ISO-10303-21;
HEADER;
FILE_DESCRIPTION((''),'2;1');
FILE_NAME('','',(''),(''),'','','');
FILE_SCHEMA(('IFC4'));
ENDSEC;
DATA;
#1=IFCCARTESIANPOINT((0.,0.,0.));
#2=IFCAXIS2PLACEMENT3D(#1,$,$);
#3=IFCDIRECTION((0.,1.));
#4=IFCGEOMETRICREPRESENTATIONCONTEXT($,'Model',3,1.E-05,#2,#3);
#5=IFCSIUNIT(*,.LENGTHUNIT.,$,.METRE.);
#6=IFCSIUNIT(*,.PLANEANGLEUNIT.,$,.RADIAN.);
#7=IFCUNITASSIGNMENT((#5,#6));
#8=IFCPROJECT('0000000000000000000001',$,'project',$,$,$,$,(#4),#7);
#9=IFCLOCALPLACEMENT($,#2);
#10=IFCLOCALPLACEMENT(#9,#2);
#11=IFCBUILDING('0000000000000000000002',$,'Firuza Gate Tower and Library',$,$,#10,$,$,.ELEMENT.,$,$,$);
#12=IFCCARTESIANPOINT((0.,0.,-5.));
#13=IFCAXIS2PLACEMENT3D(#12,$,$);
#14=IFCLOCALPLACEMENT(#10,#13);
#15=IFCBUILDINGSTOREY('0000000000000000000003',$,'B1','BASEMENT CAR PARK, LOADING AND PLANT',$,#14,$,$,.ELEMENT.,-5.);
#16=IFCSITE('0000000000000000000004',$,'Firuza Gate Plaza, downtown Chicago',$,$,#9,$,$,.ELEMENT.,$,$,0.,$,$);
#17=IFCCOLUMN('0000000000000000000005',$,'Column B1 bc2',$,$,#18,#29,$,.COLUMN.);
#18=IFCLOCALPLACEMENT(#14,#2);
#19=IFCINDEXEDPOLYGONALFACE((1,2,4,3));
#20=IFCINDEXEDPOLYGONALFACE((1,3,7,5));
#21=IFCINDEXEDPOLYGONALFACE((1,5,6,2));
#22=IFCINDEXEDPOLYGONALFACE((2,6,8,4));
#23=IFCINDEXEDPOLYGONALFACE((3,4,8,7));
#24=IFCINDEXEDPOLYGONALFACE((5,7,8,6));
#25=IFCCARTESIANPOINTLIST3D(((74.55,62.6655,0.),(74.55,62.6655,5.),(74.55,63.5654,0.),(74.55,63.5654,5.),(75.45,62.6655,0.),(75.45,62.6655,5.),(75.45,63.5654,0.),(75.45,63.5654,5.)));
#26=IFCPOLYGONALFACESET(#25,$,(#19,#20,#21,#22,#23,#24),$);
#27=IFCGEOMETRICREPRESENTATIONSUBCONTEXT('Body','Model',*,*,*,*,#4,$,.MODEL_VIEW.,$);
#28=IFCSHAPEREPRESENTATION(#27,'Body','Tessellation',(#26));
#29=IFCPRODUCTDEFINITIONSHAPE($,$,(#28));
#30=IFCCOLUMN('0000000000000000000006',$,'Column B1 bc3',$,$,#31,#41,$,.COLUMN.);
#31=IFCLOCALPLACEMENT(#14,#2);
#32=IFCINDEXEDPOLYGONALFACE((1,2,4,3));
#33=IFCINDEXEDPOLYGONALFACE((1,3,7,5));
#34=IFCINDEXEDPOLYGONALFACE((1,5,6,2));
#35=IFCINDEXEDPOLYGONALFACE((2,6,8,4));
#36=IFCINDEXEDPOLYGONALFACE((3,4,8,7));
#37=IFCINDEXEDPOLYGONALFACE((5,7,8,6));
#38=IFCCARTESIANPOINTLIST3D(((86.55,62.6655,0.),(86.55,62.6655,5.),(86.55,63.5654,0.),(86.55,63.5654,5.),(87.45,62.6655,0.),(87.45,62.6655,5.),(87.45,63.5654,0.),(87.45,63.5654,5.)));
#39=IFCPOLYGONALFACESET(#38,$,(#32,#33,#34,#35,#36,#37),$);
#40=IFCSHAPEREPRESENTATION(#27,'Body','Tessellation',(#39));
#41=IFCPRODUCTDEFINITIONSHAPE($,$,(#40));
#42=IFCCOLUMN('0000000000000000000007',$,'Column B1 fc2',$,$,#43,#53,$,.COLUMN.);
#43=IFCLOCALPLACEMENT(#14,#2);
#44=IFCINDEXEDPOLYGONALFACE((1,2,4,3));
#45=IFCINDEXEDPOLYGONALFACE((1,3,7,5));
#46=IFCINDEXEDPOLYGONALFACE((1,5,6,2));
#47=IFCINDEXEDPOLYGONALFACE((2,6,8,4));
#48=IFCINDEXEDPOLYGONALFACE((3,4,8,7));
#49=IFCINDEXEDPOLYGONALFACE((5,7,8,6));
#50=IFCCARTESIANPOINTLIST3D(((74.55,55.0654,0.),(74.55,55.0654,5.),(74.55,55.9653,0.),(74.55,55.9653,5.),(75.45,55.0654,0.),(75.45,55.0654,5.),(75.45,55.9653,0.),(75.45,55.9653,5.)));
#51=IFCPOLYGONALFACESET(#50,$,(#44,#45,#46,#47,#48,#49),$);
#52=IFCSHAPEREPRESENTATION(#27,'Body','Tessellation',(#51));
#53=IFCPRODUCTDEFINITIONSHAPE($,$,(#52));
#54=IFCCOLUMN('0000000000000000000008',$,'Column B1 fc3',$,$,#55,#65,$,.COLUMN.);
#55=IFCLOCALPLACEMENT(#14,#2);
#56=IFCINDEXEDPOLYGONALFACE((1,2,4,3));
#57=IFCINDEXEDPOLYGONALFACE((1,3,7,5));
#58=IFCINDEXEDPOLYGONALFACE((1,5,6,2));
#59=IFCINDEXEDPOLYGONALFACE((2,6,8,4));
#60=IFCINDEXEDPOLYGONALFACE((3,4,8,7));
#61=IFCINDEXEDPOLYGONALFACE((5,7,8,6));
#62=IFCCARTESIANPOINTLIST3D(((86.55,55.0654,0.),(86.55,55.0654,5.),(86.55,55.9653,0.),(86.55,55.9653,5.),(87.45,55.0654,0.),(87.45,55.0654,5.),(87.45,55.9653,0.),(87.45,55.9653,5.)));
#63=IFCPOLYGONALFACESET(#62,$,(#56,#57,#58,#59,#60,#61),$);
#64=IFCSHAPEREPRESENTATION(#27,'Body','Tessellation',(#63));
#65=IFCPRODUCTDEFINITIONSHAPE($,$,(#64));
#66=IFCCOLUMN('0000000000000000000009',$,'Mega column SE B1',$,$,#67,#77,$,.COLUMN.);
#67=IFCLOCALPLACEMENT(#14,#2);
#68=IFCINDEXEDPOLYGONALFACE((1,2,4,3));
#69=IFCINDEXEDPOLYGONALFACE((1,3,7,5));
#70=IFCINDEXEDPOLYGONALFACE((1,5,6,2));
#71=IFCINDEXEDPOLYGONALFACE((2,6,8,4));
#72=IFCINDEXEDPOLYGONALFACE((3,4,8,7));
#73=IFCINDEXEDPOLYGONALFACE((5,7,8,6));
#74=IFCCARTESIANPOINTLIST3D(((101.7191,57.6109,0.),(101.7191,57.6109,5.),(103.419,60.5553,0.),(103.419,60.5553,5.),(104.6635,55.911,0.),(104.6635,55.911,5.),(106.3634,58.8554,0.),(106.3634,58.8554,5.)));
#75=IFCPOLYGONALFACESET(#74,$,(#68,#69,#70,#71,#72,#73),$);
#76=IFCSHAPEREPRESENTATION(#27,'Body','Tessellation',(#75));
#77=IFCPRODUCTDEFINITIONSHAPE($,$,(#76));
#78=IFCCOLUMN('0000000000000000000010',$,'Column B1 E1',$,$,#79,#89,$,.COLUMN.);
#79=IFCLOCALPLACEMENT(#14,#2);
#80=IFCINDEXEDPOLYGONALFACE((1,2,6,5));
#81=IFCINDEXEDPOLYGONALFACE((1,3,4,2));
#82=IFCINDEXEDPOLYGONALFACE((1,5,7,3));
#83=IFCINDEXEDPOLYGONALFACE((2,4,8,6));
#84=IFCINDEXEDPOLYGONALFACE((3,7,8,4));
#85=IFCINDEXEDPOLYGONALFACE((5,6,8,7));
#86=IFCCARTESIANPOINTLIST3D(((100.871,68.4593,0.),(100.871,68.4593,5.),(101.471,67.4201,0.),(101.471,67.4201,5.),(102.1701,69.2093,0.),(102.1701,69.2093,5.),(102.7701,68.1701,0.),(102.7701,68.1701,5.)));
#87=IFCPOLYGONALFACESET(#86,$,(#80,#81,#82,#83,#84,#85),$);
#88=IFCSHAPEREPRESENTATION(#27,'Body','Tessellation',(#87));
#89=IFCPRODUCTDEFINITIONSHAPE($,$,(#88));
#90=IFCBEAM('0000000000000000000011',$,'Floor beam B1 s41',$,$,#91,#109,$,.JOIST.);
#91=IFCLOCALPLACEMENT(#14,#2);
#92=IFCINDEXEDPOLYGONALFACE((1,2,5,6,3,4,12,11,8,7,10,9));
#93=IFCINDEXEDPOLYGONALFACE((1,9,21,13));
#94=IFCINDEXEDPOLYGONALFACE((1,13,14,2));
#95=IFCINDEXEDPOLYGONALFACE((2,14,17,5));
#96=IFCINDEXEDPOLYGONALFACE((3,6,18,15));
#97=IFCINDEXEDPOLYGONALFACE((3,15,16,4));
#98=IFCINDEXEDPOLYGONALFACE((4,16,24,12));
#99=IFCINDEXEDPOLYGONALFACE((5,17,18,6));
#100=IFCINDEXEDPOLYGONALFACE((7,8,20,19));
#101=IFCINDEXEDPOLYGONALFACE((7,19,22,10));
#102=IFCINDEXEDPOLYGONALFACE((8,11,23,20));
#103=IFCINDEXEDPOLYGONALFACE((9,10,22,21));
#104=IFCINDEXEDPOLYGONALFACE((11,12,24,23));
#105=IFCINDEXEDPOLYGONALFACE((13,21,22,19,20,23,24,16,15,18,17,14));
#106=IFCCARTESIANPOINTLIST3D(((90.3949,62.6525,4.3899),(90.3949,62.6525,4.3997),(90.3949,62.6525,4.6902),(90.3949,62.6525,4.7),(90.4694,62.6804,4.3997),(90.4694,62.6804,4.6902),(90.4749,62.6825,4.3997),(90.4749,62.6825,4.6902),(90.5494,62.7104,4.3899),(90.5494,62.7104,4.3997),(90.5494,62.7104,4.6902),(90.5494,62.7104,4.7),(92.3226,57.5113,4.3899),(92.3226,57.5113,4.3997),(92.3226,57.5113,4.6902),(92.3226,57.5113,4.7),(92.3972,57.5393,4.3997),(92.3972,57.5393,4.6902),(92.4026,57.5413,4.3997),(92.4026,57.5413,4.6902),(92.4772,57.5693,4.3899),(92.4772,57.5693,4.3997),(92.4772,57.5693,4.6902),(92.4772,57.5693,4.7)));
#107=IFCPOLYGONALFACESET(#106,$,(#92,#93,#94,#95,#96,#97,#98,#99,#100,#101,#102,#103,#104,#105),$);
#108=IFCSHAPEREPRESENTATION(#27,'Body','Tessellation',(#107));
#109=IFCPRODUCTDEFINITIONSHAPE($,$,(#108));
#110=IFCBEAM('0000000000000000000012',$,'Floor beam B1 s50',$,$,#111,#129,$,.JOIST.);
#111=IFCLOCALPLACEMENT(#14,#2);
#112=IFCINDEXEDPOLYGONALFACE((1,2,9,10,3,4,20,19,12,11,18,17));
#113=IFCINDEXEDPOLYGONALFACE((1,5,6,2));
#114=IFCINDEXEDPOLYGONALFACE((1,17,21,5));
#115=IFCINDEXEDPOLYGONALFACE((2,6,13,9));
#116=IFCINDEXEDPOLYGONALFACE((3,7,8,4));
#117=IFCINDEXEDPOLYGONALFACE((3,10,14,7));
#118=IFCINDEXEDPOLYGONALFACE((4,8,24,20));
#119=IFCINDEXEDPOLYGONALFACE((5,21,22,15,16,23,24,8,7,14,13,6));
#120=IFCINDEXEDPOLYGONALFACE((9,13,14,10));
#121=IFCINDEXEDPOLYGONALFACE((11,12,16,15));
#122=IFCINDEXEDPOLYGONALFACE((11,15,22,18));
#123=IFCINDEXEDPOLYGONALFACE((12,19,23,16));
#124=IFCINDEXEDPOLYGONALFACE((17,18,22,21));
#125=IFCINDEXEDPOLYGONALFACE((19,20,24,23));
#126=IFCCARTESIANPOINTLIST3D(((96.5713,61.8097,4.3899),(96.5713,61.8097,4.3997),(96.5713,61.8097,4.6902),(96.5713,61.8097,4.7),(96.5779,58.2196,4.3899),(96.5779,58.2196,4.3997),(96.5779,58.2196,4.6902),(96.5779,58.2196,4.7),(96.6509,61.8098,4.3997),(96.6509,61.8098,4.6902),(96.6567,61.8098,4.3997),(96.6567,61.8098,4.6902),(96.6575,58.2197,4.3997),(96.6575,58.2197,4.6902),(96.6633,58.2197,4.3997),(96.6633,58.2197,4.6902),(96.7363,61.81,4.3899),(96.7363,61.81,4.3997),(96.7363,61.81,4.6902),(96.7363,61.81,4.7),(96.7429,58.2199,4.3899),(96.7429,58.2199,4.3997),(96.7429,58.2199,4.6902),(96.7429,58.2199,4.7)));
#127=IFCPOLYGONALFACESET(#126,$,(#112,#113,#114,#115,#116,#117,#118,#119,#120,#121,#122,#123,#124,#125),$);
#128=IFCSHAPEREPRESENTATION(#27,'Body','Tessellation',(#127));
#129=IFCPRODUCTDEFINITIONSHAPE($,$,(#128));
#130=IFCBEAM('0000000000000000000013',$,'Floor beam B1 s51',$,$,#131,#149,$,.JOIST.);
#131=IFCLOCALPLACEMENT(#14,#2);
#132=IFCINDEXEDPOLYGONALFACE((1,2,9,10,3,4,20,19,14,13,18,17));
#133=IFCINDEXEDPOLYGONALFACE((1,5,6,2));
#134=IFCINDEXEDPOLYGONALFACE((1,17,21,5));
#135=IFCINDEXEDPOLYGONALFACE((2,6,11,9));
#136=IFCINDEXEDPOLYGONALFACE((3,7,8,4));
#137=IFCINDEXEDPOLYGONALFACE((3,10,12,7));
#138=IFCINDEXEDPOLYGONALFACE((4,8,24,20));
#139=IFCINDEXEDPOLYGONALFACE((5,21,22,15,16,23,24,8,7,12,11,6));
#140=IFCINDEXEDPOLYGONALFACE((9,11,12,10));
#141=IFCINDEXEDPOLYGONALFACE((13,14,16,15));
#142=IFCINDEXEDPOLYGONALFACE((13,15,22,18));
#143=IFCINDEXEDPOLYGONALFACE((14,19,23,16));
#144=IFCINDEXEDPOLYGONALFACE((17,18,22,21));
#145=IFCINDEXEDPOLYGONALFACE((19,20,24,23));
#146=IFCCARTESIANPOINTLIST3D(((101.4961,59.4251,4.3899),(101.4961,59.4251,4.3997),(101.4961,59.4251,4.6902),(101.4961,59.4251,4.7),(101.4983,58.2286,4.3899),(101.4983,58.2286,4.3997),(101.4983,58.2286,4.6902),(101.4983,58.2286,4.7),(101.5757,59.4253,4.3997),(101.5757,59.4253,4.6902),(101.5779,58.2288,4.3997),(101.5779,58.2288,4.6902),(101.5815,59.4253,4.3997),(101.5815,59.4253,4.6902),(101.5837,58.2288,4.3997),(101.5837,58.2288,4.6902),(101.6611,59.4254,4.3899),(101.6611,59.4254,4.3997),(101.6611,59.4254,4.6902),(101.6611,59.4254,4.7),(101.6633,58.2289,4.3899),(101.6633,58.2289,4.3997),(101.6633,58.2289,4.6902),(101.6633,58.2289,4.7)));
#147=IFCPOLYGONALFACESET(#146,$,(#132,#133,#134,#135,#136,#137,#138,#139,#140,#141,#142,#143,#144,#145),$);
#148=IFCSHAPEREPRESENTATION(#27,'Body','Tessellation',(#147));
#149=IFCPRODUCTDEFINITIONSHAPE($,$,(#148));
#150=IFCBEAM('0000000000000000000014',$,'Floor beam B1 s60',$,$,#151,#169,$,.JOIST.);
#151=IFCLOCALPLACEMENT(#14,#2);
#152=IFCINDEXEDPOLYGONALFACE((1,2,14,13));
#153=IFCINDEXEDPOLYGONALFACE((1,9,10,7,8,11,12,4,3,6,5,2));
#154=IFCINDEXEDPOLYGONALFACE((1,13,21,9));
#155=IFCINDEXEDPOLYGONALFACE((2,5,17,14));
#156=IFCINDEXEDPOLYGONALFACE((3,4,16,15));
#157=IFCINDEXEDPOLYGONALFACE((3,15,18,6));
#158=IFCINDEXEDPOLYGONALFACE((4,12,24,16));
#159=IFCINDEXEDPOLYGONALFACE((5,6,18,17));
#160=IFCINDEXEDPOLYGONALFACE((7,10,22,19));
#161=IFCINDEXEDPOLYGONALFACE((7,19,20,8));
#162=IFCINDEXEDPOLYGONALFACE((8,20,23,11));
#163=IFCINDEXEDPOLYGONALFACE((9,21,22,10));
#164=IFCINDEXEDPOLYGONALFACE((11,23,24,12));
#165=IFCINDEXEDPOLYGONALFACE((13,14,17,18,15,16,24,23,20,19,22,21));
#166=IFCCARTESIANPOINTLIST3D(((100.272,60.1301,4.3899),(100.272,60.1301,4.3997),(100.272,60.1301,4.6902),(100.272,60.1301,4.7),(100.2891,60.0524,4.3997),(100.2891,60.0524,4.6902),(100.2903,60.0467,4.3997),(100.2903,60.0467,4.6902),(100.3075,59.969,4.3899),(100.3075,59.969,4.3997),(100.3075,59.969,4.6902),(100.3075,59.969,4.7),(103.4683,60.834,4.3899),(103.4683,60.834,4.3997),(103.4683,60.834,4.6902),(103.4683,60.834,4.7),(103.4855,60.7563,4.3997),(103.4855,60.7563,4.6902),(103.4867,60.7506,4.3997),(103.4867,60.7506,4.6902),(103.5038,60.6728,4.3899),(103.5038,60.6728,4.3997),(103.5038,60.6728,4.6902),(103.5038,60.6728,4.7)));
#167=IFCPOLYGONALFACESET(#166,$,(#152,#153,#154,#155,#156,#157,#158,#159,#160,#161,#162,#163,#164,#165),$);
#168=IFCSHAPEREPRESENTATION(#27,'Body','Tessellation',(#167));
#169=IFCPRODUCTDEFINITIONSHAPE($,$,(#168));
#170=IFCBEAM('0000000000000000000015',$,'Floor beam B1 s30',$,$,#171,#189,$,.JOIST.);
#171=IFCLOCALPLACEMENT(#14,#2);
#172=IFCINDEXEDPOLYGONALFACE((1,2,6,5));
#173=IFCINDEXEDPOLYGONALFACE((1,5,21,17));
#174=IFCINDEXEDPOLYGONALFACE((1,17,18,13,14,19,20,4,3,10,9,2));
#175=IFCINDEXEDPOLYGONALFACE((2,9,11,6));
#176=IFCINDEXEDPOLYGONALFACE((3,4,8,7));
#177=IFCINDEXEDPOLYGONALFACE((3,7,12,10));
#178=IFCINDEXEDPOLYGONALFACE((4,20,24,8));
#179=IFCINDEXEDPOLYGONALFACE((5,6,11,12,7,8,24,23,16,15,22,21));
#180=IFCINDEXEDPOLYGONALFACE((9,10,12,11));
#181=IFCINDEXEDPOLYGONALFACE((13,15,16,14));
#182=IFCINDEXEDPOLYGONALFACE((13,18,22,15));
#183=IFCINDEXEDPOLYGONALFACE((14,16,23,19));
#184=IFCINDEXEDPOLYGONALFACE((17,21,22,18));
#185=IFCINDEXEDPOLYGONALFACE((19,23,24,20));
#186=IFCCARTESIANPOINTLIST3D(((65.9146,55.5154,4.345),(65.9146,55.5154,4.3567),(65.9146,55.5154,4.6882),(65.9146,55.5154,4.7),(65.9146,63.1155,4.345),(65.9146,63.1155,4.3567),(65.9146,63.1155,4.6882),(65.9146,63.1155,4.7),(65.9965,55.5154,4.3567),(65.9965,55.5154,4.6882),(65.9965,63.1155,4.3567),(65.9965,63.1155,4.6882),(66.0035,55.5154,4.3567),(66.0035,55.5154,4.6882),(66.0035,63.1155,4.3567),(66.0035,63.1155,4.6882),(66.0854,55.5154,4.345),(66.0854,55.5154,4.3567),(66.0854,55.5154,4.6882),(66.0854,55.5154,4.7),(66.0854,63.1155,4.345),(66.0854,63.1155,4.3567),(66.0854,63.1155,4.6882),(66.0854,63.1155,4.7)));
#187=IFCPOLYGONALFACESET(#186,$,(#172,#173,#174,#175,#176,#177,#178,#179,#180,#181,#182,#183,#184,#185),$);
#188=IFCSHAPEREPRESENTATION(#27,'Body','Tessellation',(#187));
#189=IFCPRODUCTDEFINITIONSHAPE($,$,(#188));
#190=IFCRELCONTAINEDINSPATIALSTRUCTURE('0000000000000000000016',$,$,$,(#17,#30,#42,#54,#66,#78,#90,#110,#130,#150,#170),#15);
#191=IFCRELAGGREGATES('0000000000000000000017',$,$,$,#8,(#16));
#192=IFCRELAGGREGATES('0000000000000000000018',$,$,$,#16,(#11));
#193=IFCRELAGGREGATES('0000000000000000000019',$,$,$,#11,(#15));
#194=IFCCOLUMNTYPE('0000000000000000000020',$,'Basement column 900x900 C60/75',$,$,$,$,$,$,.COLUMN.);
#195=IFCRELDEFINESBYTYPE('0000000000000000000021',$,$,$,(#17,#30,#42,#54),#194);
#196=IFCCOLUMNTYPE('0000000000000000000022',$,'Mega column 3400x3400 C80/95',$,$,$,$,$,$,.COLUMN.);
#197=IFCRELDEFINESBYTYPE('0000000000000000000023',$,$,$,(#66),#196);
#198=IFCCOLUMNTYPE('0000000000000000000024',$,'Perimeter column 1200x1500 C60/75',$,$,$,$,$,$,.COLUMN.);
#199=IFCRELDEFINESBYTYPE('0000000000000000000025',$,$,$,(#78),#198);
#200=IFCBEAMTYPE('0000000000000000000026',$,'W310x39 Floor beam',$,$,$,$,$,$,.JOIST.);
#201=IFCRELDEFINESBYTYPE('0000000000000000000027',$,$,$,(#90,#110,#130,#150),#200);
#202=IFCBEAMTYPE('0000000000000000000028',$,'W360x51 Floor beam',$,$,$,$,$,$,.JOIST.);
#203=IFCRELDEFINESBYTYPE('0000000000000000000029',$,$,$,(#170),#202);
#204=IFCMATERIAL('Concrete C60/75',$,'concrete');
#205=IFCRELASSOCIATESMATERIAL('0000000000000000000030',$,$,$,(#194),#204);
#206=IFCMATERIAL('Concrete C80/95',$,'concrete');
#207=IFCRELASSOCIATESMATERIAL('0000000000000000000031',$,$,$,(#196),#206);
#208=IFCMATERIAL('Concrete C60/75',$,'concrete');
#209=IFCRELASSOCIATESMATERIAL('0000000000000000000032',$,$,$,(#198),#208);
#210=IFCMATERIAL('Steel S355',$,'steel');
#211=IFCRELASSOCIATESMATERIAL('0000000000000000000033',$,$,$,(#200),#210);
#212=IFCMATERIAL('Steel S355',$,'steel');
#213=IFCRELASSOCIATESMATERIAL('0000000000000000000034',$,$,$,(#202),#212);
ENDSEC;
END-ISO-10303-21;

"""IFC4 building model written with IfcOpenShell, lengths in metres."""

from ifc_helpers import new_model, si_unit, direction, frame, origin, origin_2d, place, context, subcontext, project, spatial, rectangle, i_section, extrude, material, material_profile, profile_set, type_object, element, save


model = new_model("IFC4")

# Units and contexts
model_context = context("Model", 3, precision=1e-05, world=origin(), true_north=direction((0.0, 1.0)))
body_context = subcontext(model_context, "Body", "Model", "MODEL_VIEW")
ifc_project = project(units=[si_unit("LENGTHUNIT", "METRE"), si_unit("PLANEANGLEUNIT", "RADIAN")], contexts=[model_context])

# Site, building, storey
site_placement = place(None, origin())
site = spatial("IfcSite", under=ifc_project, at=site_placement, Name="Firuza Gate Plaza, downtown Chicago", CompositionType="ELEMENT", RefElevation=0.0)
building_placement = place(site_placement, origin())
building = spatial("IfcBuilding", under=site, at=building_placement, Name="Firuza Gate Tower and Library", CompositionType="ELEMENT")
storey_placement = place(building_placement, frame((0.0, 0.0, -5.0)))
storey = spatial("IfcBuildingStorey", under=building, at=storey_placement, Name="B1", Description="BASEMENT CAR PARK, LOADING AND PLANT", CompositionType="ELEMENT", Elevation=-5.0)

# Columns
ifc_material_1 = material(Name="Concrete C60/75", Category="concrete")
ifc_material_profile_1 = material_profile(ifc_material_1, rectangle(XDim=0.8999, YDim=0.8999, at=origin_2d()))
ifc_profile_set_1 = profile_set([ifc_material_profile_1], Name="Concrete C60/75")
column_type_1 = type_object("IfcColumnType", Name="Basement column 900x900 C60/75", PredefinedType="COLUMN", material=ifc_profile_set_1)
for number, where, z_axis, x_axis, name in (
    (1, (75.0, 63.1155, 0.0), (0.0, 0.0, 1.0), (1.0, 0.0, 0.0), "Column B1 bc2"),
    (2, (87.0, 63.1155, 0.0), (0.0, 0.0, 1.0), (1.0, 0.0, 0.0), "Column B1 bc3"),
    (3, (75.0, 55.5154, 0.0), (0.0, 0.0, 1.0), (1.0, 0.0, 0.0), "Column B1 fc2"),
    (4, (87.0, 55.5154, 0.0), (0.0, 0.0, 1.0), (1.0, 0.0, 0.0), "Column B1 fc3"),
):
    element("IfcColumn", number, at=place(storey_placement, frame(where, z_axis=z_axis, x_axis=x_axis)), inside=storey, type_object=column_type_1, Name=name, PredefinedType="COLUMN", context=body_context, shape_type="SweptSolid", body=[
        extrude(rectangle(XDim=0.8999, YDim=0.8999, at=origin_2d()), origin(), (0.0, 0.0, 1.0), 5.0),
    ])
ifc_material_2 = material(Name="Concrete C80/95", Category="concrete")
ifc_material_profile_2 = material_profile(ifc_material_2, rectangle(XDim=3.3999, YDim=3.3999, at=origin_2d()))
ifc_profile_set_2 = profile_set([ifc_material_profile_2], Name="Concrete C80/95")
column_type_2 = type_object("IfcColumnType", Name="Mega column 3400x3400 C80/95", PredefinedType="COLUMN", material=ifc_profile_set_2)
column_1_placement = place(storey_placement, frame((104.0413, 58.2332, 0.0), z_axis=(0.0, 0.0, 1.0), x_axis=(0.5, 0.866025, 0.0)))
element("IfcColumn", 5, at=column_1_placement, inside=storey, type_object=column_type_2, Name="Mega column SE B1", PredefinedType="COLUMN", context=body_context, shape_type="SweptSolid", body=[
    extrude(rectangle(XDim=3.3999, YDim=3.3999, at=origin_2d()), origin(), (0.0, 0.0, 1.0), 5.0),
])
ifc_material_3 = material(Name="Concrete C60/75", Category="concrete")
ifc_material_profile_3 = material_profile(ifc_material_3, rectangle(XDim=1.2, YDim=1.5, at=origin_2d()))
ifc_profile_set_3 = profile_set([ifc_material_profile_3], Name="Concrete C60/75")
column_type_3 = type_object("IfcColumnType", Name="Perimeter column 1200x1500 C60/75", PredefinedType="COLUMN", material=ifc_profile_set_3)
column_2_placement = place(storey_placement, frame((101.8206, 68.3147, 0.0), z_axis=(0.0, 0.0, 1.0), x_axis=(-0.5, 0.866025, 0.0)))
element("IfcColumn", 6, at=column_2_placement, inside=storey, type_object=column_type_3, Name="Column B1 E1", PredefinedType="COLUMN", context=body_context, shape_type="SweptSolid", body=[
    extrude(rectangle(XDim=1.2, YDim=1.5, at=origin_2d()), origin(), (0.0, 0.0, 1.0), 5.0),
])

# Beams
ifc_material_4 = material(Name="Steel S355", Category="steel")
ifc_material_profile_4 = material_profile(ifc_material_4, i_section(OverallWidth=0.165, OverallDepth=0.3101, WebThickness=0.0059, FlangeThickness=0.0098, at=origin_2d()))
ifc_profile_set_4 = profile_set([ifc_material_profile_4], Name="Steel S355")
beam_type_1 = type_object("IfcBeamType", Name="W310x39 Floor beam", PredefinedType="JOIST", material=ifc_profile_set_4)
beam_1_placement = place(storey_placement, frame((92.3999, 57.5403, 4.5449), z_axis=(-0.351094, 0.93634, 0.0), x_axis=(-0.93634, -0.351094, 0.0)))
element("IfcBeam", 7, at=beam_1_placement, inside=storey, type_object=beam_type_1, Name="Floor beam B1 s41", PredefinedType="JOIST", context=body_context, shape_type="SweptSolid", body=[
    extrude(i_section(OverallWidth=0.165, OverallDepth=0.3101, WebThickness=0.0059, FlangeThickness=0.0098, at=origin_2d()), origin(), (0.0, 0.0, 1.0), 5.4907),
])
beam_2_placement = place(storey_placement, frame((96.6604, 58.2197, 4.5449), z_axis=(-0.001836, 0.999998, 0.0), x_axis=(-0.999998, -0.001836, 0.0)))
element("IfcBeam", 8, at=beam_2_placement, inside=storey, type_object=beam_type_1, Name="Floor beam B1 s50", PredefinedType="JOIST", context=body_context, shape_type="SweptSolid", body=[
    extrude(i_section(OverallWidth=0.165, OverallDepth=0.3101, WebThickness=0.0059, FlangeThickness=0.0098, at=origin_2d()), origin(), (0.0, 0.0, 1.0), 3.5901),
])
beam_3_placement = place(storey_placement, frame((101.5808, 58.2288, 4.5449), z_axis=(-0.001836, 0.999998, 0.0), x_axis=(-0.999998, -0.001836, 0.0)))
element("IfcBeam", 9, at=beam_3_placement, inside=storey, type_object=beam_type_1, Name="Floor beam B1 s51", PredefinedType="JOIST", context=body_context, shape_type="SweptSolid", body=[
    extrude(i_section(OverallWidth=0.165, OverallDepth=0.3101, WebThickness=0.0059, FlangeThickness=0.0098, at=origin_2d()), origin(), (0.0, 0.0, 1.0), 1.1965),
])
beam_4_placement = place(storey_placement, frame((103.4861, 60.7534, 4.5449), z_axis=(-0.976601, -0.215058, 0.0), x_axis=(0.215058, -0.976601, 0.0)))
element("IfcBeam", 10, at=beam_4_placement, inside=storey, type_object=beam_type_1, Name="Floor beam B1 s60", PredefinedType="JOIST", context=body_context, shape_type="SweptSolid", body=[
    extrude(i_section(OverallWidth=0.165, OverallDepth=0.3101, WebThickness=0.0059, FlangeThickness=0.0098, at=origin_2d()), origin(), (0.0, 0.0, 1.0), 3.2729),
])
ifc_material_5 = material(Name="Steel S355", Category="steel")
ifc_material_profile_5 = material_profile(ifc_material_5, i_section(OverallWidth=0.1709, OverallDepth=0.355, WebThickness=0.0071, FlangeThickness=0.0117, at=origin_2d()))
ifc_profile_set_5 = profile_set([ifc_material_profile_5], Name="Steel S355")
beam_type_2 = type_object("IfcBeamType", Name="W360x51 Floor beam", PredefinedType="JOIST", material=ifc_profile_set_5)
for number, where, z_axis, x_axis, name in (
    (11, (66.0, 55.5154, 4.5225), (0.0, 1.0, 0.0), (-1.0, 0.0, 0.0), "Floor beam B1 s30"),
):
    element("IfcBeam", number, at=place(storey_placement, frame(where, z_axis=z_axis, x_axis=x_axis)), inside=storey, type_object=beam_type_2, Name=name, PredefinedType="JOIST", context=body_context, shape_type="SweptSolid", body=[
        extrude(i_section(OverallWidth=0.1709, OverallDepth=0.355, WebThickness=0.0071, FlangeThickness=0.0117, at=origin_2d()), origin(), (0.0, 0.0, 1.0), 7.6001),
    ])

save(model, "model.ifc")
